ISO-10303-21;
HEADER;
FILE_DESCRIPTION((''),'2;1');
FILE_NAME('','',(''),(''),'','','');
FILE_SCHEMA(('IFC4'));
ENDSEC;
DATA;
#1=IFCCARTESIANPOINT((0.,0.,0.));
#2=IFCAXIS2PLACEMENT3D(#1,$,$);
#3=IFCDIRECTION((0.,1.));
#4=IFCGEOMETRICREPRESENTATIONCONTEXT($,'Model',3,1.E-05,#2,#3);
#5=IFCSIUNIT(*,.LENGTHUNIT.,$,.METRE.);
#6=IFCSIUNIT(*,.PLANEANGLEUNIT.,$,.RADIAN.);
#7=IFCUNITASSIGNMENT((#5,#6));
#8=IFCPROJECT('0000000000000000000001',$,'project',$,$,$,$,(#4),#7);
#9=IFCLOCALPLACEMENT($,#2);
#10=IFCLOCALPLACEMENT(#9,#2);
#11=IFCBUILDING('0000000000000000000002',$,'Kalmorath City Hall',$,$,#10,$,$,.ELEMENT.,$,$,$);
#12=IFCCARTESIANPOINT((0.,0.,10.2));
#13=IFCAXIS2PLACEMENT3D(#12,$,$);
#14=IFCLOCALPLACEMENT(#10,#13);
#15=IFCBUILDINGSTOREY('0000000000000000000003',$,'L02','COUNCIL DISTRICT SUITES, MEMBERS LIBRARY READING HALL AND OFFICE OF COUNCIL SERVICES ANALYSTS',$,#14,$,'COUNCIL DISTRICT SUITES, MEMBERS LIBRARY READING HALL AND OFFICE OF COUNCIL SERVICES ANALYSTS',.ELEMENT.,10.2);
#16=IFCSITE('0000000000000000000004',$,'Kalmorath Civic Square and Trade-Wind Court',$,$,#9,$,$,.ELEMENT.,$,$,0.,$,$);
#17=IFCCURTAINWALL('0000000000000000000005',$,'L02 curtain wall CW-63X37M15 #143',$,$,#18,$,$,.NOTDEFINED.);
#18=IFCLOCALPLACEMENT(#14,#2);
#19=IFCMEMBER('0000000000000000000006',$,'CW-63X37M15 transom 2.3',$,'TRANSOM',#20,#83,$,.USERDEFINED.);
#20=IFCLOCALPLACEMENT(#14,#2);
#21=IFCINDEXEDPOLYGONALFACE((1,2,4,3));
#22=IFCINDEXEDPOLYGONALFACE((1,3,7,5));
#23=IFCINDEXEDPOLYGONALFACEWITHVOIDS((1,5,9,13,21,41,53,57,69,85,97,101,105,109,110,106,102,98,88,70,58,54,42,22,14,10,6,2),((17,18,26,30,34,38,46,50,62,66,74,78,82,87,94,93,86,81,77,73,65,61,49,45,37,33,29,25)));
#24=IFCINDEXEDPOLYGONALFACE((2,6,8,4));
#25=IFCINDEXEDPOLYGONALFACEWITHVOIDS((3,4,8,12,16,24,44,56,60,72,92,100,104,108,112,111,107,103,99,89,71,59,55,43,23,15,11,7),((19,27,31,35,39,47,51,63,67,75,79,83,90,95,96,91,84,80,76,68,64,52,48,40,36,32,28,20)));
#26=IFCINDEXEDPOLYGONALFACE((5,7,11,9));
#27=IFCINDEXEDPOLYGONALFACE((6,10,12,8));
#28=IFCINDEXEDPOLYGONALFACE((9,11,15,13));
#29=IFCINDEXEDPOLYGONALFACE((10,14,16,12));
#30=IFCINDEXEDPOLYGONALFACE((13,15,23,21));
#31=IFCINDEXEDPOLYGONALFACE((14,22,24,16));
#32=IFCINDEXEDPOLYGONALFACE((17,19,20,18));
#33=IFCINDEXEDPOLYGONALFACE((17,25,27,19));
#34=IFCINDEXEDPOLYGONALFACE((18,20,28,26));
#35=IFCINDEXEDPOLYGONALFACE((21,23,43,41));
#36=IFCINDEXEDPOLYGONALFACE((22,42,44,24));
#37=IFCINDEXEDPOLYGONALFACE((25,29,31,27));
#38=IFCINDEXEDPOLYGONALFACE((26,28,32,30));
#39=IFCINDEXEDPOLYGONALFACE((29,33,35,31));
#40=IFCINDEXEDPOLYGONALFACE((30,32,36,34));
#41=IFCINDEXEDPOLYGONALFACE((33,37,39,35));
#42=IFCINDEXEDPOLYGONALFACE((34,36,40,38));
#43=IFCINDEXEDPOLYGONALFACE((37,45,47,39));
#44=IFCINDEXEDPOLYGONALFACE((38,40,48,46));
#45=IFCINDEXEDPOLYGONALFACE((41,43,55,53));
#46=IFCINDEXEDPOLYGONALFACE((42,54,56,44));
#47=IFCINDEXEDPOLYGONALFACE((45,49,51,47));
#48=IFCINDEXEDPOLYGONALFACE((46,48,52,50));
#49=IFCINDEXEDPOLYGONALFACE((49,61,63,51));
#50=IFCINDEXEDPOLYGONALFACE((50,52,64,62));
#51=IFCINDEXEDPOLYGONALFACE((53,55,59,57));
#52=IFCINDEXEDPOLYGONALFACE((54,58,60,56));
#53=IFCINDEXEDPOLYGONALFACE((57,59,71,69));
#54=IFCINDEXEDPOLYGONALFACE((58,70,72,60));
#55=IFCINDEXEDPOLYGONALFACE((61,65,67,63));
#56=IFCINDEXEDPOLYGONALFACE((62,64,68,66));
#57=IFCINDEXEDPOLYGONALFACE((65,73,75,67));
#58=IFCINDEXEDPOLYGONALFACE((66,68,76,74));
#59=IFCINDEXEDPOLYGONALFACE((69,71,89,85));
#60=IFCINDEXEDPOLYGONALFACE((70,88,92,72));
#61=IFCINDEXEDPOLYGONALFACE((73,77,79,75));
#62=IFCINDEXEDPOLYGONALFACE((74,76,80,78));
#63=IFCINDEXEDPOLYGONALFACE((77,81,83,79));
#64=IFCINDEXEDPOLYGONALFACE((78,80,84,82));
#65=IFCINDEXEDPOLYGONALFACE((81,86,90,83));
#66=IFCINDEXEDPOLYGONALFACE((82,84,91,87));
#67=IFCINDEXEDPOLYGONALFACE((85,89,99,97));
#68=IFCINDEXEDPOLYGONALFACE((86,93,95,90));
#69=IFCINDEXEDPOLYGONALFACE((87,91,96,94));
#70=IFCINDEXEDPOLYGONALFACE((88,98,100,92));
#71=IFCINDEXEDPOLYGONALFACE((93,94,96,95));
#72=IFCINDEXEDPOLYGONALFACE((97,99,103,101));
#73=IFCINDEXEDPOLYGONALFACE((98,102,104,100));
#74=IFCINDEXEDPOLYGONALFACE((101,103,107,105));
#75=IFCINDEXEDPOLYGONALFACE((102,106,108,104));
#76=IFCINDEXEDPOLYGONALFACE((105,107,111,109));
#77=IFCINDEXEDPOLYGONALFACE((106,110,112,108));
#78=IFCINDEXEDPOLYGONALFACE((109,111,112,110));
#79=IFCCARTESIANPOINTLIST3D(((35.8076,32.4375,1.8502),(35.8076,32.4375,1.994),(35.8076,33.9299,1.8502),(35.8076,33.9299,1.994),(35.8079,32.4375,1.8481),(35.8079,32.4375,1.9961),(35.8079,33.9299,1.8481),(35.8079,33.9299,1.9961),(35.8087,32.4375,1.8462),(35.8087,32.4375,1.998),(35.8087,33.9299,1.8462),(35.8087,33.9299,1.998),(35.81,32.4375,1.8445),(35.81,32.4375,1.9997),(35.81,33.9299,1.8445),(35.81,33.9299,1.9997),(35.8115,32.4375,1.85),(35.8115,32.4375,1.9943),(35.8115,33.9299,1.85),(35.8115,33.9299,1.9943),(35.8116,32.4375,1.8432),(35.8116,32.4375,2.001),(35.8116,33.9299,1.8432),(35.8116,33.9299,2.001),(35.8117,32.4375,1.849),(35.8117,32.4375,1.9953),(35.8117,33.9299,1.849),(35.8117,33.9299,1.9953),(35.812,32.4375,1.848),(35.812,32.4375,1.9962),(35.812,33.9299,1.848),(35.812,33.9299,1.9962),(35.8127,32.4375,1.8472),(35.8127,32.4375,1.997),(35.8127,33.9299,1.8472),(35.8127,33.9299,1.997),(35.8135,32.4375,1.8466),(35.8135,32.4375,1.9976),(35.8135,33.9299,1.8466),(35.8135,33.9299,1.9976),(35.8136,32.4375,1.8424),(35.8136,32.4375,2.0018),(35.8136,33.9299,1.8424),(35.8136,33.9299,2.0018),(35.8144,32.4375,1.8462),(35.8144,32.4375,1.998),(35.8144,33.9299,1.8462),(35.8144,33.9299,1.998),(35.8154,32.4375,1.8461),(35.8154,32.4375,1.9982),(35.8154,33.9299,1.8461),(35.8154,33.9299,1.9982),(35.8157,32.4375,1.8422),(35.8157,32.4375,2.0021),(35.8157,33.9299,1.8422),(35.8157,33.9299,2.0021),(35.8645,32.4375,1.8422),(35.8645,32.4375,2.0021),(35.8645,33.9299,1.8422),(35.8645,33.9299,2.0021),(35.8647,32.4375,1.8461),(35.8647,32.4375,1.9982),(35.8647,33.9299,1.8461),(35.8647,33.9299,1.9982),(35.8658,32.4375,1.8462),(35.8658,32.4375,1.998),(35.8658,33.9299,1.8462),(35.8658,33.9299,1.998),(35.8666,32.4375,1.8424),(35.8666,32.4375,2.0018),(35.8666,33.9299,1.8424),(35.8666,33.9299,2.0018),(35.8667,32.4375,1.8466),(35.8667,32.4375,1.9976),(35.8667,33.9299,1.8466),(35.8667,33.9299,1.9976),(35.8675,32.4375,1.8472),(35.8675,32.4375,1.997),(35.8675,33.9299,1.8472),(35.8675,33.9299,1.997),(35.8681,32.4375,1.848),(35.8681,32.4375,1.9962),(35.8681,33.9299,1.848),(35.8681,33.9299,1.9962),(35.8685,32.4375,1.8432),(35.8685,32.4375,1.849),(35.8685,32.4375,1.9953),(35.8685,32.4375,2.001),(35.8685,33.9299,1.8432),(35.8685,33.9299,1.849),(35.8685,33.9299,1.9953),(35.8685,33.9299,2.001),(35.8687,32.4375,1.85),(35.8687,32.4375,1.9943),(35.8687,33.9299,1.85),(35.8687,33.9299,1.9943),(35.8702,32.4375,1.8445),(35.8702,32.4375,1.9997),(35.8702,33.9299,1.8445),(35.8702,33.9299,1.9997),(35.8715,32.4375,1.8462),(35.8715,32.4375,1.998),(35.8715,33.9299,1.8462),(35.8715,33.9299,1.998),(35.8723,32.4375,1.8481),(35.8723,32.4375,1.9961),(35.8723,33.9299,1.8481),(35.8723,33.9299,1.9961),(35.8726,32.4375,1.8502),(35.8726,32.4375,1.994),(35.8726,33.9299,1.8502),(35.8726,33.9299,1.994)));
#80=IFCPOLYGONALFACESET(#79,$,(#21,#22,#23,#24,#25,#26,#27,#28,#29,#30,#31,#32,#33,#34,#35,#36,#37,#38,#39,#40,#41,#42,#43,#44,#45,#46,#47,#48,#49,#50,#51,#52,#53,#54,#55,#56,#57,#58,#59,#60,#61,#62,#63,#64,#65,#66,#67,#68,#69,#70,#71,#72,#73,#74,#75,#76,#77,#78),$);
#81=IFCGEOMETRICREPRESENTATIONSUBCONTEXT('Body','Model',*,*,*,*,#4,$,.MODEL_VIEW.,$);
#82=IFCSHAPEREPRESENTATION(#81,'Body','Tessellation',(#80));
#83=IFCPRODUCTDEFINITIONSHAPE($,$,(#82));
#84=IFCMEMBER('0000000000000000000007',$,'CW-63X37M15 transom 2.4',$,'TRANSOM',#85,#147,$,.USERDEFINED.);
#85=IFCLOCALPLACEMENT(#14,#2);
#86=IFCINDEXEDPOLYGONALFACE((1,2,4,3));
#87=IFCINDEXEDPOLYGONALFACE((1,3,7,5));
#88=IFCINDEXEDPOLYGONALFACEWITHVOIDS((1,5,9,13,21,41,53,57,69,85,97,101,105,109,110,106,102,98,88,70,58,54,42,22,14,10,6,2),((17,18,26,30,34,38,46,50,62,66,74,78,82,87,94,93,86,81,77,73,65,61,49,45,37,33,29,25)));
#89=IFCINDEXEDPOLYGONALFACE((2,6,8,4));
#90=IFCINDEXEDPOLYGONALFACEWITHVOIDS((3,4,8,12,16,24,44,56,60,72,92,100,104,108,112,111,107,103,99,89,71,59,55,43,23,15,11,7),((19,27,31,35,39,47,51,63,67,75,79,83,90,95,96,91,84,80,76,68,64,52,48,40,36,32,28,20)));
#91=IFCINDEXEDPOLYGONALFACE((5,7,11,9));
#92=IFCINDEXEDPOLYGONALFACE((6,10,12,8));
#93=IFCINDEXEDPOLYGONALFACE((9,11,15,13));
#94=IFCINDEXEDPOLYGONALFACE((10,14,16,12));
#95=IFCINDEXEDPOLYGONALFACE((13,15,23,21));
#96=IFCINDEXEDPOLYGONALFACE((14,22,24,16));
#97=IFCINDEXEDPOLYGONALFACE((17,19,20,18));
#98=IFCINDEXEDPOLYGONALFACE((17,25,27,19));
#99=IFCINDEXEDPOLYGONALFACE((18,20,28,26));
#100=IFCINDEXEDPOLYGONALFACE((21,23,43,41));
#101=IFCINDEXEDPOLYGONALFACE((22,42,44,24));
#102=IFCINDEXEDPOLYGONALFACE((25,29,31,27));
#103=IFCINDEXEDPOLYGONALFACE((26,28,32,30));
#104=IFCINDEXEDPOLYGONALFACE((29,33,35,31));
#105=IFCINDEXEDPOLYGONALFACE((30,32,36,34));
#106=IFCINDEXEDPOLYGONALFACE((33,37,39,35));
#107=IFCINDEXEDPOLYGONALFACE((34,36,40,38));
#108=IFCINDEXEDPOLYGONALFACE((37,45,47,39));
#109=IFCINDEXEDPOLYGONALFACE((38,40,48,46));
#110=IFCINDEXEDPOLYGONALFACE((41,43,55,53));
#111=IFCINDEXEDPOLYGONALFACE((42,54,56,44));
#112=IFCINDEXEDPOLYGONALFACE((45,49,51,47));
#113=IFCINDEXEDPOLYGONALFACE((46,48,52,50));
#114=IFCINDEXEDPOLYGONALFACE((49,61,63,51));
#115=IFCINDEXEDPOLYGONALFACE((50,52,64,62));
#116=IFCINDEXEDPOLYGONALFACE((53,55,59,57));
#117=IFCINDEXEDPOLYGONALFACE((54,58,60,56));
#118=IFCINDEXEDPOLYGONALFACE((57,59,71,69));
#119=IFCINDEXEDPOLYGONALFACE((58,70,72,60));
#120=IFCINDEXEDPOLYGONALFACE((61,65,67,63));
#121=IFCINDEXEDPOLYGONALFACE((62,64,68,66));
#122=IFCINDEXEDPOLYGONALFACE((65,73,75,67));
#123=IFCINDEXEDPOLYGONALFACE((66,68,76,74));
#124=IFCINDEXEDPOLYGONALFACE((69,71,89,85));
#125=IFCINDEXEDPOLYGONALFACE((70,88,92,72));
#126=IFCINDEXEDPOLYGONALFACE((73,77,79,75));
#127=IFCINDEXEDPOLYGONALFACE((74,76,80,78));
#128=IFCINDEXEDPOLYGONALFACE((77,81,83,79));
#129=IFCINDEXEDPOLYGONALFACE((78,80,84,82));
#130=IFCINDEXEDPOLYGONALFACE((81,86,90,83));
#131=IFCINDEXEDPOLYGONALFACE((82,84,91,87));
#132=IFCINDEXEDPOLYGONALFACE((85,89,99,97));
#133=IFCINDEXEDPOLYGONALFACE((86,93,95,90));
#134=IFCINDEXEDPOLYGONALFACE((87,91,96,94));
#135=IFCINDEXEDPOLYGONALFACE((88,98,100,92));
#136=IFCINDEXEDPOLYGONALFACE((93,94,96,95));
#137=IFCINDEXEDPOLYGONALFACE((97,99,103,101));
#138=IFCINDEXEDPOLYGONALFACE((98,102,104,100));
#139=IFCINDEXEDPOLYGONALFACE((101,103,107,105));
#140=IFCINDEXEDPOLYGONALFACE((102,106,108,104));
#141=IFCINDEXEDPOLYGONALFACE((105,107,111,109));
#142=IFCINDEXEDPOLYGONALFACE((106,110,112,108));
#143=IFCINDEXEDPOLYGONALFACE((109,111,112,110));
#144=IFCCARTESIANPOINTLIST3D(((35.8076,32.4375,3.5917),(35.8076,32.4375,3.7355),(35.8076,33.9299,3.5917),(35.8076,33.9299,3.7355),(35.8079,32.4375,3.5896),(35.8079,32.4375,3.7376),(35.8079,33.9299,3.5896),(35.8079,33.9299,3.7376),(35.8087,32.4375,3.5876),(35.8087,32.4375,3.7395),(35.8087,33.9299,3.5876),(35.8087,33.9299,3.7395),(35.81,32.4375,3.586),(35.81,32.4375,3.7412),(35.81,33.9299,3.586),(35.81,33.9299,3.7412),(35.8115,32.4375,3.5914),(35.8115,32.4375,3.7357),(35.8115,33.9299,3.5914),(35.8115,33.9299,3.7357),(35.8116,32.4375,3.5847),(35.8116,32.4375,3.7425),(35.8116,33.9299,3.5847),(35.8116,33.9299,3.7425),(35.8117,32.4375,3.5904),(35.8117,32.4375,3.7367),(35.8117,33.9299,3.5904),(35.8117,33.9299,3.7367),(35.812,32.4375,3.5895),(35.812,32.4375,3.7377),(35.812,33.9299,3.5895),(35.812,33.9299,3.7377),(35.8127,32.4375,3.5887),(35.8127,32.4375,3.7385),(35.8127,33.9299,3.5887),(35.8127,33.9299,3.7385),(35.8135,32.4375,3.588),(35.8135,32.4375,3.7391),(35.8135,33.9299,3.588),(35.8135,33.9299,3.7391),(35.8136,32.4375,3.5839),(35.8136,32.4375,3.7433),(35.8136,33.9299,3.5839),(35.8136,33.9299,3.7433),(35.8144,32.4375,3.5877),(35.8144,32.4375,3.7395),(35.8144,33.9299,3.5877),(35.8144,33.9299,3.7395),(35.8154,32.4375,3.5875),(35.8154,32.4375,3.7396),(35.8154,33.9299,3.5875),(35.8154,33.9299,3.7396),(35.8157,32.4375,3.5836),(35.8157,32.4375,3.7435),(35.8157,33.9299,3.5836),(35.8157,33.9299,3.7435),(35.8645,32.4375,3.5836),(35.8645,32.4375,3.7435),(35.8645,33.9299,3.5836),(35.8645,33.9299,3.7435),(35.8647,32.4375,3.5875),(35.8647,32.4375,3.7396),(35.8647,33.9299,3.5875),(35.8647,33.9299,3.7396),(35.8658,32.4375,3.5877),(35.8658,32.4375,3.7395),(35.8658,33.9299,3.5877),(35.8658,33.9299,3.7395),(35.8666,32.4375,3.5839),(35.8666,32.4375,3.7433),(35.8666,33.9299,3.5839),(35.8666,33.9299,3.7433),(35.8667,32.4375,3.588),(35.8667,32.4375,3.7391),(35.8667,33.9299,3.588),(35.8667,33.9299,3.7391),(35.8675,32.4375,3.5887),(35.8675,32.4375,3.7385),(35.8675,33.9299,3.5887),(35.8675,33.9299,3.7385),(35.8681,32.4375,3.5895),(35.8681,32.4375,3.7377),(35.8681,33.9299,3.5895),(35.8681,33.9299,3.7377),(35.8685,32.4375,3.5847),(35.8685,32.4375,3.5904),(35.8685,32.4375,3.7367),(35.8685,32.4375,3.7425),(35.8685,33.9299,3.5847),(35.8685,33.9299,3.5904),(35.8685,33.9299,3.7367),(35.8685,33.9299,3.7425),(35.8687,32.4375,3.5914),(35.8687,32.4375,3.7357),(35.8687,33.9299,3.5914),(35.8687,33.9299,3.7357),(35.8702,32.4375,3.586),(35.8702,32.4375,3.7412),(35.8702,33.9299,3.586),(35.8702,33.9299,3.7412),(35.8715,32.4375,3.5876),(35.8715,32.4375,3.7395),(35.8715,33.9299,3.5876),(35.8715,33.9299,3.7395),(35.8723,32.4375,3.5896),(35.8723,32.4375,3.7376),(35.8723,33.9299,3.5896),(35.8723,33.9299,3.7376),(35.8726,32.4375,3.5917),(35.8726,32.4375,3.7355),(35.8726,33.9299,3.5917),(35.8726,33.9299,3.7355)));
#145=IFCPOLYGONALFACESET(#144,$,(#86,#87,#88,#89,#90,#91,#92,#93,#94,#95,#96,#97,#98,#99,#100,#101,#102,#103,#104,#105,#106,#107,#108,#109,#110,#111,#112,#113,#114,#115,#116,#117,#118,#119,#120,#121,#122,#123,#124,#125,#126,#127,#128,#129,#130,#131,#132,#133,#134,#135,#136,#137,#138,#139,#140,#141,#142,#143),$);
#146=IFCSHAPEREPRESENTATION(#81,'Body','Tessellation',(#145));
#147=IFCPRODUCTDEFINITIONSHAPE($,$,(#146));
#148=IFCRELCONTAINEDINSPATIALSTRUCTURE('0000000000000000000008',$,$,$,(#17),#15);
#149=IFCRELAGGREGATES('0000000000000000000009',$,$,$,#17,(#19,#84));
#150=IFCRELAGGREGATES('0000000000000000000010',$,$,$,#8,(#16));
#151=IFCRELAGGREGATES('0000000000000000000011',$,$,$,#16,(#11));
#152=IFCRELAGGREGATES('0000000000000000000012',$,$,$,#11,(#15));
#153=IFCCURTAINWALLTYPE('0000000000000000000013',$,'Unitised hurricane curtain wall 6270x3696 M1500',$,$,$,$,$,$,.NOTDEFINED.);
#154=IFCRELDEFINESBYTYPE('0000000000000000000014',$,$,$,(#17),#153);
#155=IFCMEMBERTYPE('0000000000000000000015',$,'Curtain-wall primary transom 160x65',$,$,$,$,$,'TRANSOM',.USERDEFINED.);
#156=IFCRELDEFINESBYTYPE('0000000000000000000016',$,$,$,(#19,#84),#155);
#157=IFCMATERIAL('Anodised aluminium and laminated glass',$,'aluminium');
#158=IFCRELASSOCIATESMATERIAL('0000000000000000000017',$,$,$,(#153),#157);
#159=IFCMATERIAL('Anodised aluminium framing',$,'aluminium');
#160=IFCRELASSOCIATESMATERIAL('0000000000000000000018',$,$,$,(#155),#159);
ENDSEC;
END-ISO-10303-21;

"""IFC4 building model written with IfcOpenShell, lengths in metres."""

from ifc_helpers import new_model, si_unit, direction, frame, origin, origin_2d, place, context, subcontext, project, spatial, hollow_rectangle, extrude, material, material_profile, profile_set, type_object, element, aggregate, save


model = new_model("IFC4")

# Units and contexts
model_context = context("Model", 3, precision=1e-05, world=origin(), true_north=direction((0.0, 1.0)))
body_context = subcontext(model_context, "Body", "Model", "MODEL_VIEW")
ifc_project = project(units=[si_unit("LENGTHUNIT", "METRE"), si_unit("PLANEANGLEUNIT", "RADIAN")], contexts=[model_context])

# Site, building, storey
site_placement = place(None, origin())
site = spatial("IfcSite", under=ifc_project, at=site_placement, Name="Kalmorath Civic Square and Trade-Wind Court", CompositionType="ELEMENT", RefElevation=0.0)
building_placement = place(site_placement, origin())
building = spatial("IfcBuilding", under=site, at=building_placement, Name="Kalmorath City Hall", CompositionType="ELEMENT")
storey_placement = place(building_placement, frame((0.0, 0.0, 10.2)))
storey = spatial("IfcBuildingStorey", under=building, at=storey_placement, Name="L02", Description="COUNCIL DISTRICT SUITES, MEMBERS LIBRARY READING HALL AND OFFICE OF COUNCIL SERVICES ANALYSTS", LongName="COUNCIL DISTRICT SUITES, MEMBERS LIBRARY READING HALL AND OFFICE OF COUNCIL SERVICES ANALYSTS", CompositionType="ELEMENT", Elevation=10.2)

# Curtain wall, members
ifc_material_1 = material(Name="Anodised aluminium and laminated glass", Category="aluminium")
curtain_wall_type = type_object("IfcCurtainWallType", Name="Unitised hurricane curtain wall 6270x3696 M1500", PredefinedType="NOTDEFINED", material=ifc_material_1)
curtain_wall_placement = place(storey_placement, origin())
curtain_wall = element("IfcCurtainWall", 1, at=curtain_wall_placement, inside=storey, type_object=curtain_wall_type, Name="L02 curtain wall CW-63X37M15 #143", PredefinedType="NOTDEFINED")
ifc_material_2 = material(Name="Anodised aluminium framing", Category="aluminium")
ifc_material_profile_1 = material_profile(ifc_material_2, hollow_rectangle(XDim=0.0649, YDim=0.1599, WallThickness=0.0039, InnerFilletRadius=0.0039, OuterFilletRadius=0.0081, at=origin_2d()), Name="ALU-TRN-160X65X4")
ifc_profile_set_1 = profile_set([ifc_material_profile_1], Name="Anodised aluminium framing")
member_type_1 = type_object("IfcMemberType", Name="Curtain-wall primary transom 160x65", ElementType="TRANSOM", PredefinedType="USERDEFINED", material=ifc_profile_set_1)
member_1_placement = place(storey_placement, frame((35.8401, 33.9299, 1.9221), z_axis=(0.0, -1.0, 0.0), x_axis=(1.0, 0.0, 0.0)))
member_1 = element("IfcMember", 2, at=member_1_placement, type_object=member_type_1, Name="CW-63X37M15 transom 2.3", ObjectType="TRANSOM", PredefinedType="USERDEFINED", context=body_context, shape_type="SweptSolid", body=[
    extrude(hollow_rectangle(XDim=0.0649, YDim=0.1599, WallThickness=0.0039, InnerFilletRadius=0.0039, OuterFilletRadius=0.0081, at=origin_2d()), origin(), (0.0, 0.0, 1.0), 1.4924),
])
member_2_placement = place(storey_placement, frame((35.8401, 33.9299, 3.6636), z_axis=(0.0, -1.0, 0.0), x_axis=(1.0, 0.0, 0.0)))
member_2 = element("IfcMember", 3, at=member_2_placement, type_object=member_type_1, Name="CW-63X37M15 transom 2.4", ObjectType="TRANSOM", PredefinedType="USERDEFINED", context=body_context, shape_type="SweptSolid", body=[
    extrude(hollow_rectangle(XDim=0.0649, YDim=0.1599, WallThickness=0.0039, InnerFilletRadius=0.0039, OuterFilletRadius=0.0081, at=origin_2d()), origin(), (0.0, 0.0, 1.0), 1.4924),
])

aggregate(curtain_wall, [member_1, member_2])

save(model, "model.ifc")
